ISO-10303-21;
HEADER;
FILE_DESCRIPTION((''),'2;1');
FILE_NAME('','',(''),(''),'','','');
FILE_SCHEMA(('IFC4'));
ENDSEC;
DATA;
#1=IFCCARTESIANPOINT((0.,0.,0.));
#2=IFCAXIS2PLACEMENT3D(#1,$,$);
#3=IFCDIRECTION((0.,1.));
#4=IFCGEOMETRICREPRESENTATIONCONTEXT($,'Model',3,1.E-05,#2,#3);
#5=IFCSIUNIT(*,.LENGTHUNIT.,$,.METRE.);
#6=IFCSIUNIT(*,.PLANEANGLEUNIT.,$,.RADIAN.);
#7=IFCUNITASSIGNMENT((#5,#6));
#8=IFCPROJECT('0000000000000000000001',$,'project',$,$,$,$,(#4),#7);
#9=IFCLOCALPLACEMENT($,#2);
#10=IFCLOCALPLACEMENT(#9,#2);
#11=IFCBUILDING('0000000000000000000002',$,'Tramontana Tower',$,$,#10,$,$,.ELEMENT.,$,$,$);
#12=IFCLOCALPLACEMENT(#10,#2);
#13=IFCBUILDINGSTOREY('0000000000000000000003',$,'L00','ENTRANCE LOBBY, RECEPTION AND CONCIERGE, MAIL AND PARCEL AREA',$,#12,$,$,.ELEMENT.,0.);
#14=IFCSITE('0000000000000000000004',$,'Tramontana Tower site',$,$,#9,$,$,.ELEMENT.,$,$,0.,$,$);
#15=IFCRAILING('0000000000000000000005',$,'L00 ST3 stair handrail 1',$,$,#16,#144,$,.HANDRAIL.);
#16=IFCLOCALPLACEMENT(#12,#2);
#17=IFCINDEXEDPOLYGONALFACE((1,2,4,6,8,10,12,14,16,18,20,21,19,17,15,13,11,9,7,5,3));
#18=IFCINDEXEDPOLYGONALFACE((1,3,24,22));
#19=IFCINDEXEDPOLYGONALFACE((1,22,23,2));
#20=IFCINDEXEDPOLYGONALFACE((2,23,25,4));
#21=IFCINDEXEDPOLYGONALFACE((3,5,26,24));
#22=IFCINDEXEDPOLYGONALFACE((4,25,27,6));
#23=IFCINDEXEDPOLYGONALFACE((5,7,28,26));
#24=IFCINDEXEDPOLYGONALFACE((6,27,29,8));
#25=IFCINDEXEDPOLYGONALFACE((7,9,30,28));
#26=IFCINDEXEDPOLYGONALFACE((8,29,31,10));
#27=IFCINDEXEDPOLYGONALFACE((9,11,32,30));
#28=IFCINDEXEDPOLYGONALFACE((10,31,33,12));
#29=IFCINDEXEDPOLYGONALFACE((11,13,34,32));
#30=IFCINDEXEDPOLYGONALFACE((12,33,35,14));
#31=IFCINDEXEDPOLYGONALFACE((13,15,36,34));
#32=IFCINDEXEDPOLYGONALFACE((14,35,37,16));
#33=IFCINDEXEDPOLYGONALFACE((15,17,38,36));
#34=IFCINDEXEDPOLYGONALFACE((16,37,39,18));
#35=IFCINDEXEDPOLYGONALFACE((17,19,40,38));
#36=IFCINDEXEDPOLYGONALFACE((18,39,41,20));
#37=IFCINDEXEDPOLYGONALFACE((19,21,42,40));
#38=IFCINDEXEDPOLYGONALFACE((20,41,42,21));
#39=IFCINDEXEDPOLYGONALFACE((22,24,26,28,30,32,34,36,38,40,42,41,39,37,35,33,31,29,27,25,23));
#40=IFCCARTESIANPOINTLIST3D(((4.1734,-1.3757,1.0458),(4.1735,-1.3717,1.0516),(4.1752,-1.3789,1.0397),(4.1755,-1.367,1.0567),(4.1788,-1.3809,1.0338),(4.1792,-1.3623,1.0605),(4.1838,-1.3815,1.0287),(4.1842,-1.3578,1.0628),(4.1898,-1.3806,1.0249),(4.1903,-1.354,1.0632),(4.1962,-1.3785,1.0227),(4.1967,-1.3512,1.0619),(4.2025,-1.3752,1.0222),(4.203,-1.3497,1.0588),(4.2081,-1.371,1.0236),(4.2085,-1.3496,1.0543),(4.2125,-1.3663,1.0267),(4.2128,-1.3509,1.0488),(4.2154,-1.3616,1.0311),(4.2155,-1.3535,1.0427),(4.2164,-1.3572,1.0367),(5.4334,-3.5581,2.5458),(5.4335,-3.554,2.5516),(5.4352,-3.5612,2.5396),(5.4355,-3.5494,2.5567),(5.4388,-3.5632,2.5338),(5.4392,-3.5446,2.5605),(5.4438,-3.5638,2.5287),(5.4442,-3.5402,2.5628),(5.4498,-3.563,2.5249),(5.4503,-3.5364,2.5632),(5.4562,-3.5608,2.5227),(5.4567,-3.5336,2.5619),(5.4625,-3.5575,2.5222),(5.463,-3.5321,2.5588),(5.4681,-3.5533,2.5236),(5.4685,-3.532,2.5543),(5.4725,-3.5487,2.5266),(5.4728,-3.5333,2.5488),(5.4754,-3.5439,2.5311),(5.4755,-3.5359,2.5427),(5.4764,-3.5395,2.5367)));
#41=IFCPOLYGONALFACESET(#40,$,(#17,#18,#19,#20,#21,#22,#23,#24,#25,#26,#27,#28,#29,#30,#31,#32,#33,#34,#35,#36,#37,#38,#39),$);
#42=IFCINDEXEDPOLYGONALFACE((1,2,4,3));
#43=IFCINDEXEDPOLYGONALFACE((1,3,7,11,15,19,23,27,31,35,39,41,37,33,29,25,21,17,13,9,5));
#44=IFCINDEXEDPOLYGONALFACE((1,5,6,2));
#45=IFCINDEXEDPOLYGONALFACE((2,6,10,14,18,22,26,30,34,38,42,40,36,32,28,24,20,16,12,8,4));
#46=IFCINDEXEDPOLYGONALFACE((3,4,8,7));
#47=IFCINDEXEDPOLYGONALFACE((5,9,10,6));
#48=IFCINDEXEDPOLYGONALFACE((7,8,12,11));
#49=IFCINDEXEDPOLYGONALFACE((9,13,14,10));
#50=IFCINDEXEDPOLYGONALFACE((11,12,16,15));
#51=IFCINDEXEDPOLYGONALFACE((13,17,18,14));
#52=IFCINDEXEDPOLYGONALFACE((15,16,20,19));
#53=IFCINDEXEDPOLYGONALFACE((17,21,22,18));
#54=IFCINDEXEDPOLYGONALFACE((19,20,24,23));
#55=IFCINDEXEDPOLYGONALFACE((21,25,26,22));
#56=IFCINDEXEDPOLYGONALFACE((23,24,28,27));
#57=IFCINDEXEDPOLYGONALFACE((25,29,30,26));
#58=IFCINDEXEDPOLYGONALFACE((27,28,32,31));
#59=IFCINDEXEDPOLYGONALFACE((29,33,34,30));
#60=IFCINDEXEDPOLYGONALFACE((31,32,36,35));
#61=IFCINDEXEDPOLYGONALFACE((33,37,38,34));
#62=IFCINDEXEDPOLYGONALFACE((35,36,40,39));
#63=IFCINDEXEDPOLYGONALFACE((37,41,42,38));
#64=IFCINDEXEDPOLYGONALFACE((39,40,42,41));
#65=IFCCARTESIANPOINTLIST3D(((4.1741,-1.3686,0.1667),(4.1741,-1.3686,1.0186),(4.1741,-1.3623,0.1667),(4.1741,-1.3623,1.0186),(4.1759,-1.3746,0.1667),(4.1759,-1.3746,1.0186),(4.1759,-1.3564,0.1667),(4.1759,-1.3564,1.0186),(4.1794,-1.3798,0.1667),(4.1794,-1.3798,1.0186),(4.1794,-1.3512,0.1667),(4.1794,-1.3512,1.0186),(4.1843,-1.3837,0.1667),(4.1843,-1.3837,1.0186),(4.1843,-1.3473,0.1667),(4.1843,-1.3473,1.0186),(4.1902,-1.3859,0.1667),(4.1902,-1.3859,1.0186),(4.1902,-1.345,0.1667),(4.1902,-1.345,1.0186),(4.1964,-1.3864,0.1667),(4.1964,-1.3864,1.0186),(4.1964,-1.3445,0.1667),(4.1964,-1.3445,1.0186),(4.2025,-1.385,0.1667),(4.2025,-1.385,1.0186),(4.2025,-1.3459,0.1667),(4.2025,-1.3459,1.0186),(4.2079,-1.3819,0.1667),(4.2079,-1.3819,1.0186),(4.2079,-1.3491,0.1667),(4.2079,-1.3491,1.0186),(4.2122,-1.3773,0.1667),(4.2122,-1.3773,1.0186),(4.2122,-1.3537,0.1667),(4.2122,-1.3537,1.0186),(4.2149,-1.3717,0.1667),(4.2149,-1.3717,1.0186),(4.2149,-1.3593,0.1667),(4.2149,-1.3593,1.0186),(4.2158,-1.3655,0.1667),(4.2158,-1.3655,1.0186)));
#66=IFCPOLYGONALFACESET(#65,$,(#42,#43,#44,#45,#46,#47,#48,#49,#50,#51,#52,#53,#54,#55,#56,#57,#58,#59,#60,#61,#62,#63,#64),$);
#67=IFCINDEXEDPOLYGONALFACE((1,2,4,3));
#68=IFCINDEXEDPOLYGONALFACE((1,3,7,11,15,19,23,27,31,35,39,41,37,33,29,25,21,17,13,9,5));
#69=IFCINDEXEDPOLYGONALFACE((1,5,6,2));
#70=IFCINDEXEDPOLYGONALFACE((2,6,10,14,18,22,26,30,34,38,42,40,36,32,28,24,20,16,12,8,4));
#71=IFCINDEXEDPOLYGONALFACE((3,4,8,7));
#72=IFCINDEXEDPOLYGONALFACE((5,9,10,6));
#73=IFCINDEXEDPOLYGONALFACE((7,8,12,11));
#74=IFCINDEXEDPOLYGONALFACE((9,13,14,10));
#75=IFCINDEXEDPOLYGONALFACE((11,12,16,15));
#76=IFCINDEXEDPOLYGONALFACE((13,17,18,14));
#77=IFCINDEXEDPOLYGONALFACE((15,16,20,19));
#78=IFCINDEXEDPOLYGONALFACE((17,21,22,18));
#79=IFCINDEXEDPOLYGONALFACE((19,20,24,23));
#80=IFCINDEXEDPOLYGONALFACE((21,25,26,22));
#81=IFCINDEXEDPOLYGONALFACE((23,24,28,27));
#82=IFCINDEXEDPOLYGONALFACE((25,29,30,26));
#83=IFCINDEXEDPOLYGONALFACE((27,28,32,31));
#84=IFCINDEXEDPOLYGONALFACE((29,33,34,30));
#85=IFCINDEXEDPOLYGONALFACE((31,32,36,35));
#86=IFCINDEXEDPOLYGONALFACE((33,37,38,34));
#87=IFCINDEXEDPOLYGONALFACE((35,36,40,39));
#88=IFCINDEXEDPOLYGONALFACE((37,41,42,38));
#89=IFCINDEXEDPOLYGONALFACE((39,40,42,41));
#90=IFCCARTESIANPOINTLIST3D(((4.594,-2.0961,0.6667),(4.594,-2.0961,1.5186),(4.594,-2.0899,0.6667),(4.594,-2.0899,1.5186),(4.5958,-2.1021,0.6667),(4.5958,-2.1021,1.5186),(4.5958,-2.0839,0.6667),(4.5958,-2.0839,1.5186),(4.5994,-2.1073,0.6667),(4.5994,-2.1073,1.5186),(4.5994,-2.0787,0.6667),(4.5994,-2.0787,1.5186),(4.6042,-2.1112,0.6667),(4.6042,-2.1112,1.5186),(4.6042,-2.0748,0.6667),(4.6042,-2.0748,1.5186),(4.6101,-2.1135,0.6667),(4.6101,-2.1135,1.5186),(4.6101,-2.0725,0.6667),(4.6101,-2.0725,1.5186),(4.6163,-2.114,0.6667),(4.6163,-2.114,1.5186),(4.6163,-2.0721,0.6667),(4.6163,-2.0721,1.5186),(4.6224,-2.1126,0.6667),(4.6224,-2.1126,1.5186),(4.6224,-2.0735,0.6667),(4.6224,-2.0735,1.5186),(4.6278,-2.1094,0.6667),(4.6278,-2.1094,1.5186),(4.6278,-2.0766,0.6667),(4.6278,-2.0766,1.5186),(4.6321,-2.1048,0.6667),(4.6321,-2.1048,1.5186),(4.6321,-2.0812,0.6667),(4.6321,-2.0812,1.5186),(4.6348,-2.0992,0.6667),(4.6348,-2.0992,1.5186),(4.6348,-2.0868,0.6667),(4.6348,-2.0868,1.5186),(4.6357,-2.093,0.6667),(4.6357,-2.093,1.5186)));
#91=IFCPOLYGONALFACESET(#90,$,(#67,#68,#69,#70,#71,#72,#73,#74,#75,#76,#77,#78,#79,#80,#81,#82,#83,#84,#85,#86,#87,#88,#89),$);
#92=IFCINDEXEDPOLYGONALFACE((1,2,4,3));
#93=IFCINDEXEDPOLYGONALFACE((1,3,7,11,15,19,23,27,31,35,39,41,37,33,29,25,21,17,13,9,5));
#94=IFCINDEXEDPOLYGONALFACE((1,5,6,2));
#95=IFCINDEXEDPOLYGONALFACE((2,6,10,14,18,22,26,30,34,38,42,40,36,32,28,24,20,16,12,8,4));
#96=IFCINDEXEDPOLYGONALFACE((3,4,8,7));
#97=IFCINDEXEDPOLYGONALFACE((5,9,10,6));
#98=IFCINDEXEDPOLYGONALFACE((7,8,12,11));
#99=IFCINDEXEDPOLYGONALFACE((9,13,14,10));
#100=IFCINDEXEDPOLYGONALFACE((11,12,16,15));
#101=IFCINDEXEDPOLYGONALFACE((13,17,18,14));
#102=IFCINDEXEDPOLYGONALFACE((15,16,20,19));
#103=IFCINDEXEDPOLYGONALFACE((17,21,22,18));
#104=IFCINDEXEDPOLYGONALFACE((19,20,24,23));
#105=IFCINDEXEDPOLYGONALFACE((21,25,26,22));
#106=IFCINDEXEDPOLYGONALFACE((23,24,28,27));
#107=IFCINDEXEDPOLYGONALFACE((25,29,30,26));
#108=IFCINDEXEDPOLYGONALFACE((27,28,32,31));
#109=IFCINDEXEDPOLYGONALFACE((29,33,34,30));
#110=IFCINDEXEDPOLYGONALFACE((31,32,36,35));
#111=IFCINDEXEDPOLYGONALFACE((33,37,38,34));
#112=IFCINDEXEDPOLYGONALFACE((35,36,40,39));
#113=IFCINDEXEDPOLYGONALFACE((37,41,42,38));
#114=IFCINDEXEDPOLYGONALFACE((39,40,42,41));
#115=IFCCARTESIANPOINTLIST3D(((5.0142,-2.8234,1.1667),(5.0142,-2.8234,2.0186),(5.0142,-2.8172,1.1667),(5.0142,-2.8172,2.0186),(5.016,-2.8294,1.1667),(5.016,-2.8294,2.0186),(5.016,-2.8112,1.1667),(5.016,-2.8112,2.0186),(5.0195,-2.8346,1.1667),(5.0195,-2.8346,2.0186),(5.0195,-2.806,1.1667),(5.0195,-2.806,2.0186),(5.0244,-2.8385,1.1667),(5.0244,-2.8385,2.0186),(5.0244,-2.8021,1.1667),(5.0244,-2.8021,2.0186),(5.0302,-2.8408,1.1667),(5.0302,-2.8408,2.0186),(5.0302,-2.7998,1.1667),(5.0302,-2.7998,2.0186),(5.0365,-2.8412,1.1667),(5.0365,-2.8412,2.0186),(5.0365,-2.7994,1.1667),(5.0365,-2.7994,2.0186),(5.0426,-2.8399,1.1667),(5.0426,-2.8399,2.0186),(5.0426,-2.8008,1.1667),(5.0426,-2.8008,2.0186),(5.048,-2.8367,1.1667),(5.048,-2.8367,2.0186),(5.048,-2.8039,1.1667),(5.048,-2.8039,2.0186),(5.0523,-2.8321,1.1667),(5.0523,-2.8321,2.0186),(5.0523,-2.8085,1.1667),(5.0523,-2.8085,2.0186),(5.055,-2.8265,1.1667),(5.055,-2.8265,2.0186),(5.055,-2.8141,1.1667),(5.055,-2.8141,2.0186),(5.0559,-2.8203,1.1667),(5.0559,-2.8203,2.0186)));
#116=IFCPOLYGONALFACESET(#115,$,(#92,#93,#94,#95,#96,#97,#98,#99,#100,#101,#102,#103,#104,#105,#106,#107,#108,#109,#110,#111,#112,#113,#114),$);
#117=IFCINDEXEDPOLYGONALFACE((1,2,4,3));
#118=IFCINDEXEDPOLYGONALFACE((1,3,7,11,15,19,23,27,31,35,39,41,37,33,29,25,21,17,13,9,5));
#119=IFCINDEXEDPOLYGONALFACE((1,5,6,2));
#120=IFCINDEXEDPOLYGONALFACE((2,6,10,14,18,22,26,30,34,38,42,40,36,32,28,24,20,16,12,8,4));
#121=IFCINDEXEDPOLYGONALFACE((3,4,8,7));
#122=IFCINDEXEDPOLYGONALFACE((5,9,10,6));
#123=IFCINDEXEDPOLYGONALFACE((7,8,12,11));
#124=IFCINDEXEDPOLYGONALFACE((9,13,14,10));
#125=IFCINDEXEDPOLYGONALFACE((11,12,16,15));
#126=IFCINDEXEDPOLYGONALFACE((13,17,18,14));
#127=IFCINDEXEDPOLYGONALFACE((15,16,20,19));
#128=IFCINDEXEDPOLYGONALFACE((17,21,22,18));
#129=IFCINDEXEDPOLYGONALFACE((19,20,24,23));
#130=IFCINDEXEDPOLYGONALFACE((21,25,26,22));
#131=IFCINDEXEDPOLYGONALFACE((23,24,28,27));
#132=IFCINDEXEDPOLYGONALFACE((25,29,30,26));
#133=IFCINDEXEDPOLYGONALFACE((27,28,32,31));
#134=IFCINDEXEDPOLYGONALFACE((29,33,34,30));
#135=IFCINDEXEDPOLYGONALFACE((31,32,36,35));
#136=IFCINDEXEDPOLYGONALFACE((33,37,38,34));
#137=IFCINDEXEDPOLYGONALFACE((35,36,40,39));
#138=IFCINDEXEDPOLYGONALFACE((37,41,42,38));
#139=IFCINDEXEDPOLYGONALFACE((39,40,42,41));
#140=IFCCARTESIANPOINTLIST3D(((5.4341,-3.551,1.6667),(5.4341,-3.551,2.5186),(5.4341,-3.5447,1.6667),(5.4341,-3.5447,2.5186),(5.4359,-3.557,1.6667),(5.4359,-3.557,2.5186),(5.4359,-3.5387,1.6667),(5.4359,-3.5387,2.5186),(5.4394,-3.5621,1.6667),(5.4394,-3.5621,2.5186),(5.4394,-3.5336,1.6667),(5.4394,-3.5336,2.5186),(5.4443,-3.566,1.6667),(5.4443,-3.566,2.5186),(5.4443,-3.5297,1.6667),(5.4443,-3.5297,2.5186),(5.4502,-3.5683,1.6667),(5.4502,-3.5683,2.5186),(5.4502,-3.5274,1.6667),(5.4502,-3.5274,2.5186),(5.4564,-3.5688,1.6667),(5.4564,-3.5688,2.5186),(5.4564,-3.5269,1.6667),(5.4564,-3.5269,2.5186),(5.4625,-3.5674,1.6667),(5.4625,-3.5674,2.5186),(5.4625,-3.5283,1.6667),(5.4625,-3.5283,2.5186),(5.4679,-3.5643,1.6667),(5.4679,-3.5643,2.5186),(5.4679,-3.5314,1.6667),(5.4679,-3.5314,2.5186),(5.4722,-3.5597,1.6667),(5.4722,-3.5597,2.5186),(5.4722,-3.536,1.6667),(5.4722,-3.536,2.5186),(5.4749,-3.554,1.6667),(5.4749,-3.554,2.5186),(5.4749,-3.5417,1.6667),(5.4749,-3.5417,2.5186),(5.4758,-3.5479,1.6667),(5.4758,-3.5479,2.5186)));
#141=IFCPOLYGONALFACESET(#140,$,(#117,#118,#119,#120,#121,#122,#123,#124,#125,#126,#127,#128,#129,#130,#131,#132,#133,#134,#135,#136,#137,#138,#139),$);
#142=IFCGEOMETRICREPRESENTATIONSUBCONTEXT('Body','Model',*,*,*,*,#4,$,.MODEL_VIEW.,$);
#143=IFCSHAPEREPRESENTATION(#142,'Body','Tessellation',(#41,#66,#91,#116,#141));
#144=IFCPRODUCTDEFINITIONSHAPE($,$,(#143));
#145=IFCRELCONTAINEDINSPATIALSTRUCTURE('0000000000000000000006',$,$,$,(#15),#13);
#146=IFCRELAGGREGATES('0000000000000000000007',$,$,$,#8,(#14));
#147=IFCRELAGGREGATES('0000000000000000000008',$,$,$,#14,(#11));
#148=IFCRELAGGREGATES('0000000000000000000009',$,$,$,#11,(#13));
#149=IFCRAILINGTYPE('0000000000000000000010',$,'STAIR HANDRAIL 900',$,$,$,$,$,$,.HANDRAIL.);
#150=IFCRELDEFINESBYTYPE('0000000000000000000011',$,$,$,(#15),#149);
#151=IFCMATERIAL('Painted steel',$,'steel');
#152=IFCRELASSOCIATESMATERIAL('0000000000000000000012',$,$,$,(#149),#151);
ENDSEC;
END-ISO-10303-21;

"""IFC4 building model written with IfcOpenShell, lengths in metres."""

from ifc_helpers import new_model, si_unit, direction, frame, origin, origin_2d, place, context, subcontext, project, spatial, circle, extrude, material, type_object, element, save


model = new_model("IFC4")

# Units and contexts
model_context = context("Model", 3, precision=1e-05, world=origin(), true_north=direction((0.0, 1.0)))
body_context = subcontext(model_context, "Body", "Model", "MODEL_VIEW")
ifc_project = project(units=[si_unit("LENGTHUNIT", "METRE"), si_unit("PLANEANGLEUNIT", "RADIAN")], contexts=[model_context])

# Site, building, storey
site_placement = place(None, origin())
site = spatial("IfcSite", under=ifc_project, at=site_placement, Name="Tramontana Tower site", CompositionType="ELEMENT", RefElevation=0.0)
building_placement = place(site_placement, origin())
building = spatial("IfcBuilding", under=site, at=building_placement, Name="Tramontana Tower", CompositionType="ELEMENT")
storey_placement = place(building_placement, origin())
storey = spatial("IfcBuildingStorey", under=building, at=storey_placement, Name="L00", Description="ENTRANCE LOBBY, RECEPTION AND CONCIERGE, MAIL AND PARCEL AREA", CompositionType="ELEMENT", Elevation=0.0)

# Railing
ifc_material_1 = material(Name="Painted steel", Category="steel")
railing_type_1 = type_object("IfcRailingType", Name="STAIR HANDRAIL 900", PredefinedType="HANDRAIL", material=ifc_material_1)
for number, where, name in (
    (1, (4.1948, -1.3655, 0.1667), "L00 ST3 stair handrail 1"),
):
    element("IfcRailing", number, at=place(storey_placement, frame(where)), inside=storey, type_object=railing_type_1, Name=name, PredefinedType="HANDRAIL", context=body_context, shape_type="SweptSolid", body=[
        extrude(circle(Radius=0.0239, at=origin_2d()), frame((0.0, 0.0, 0.876), z_axis=(0.42965, -0.744167, 0.511485), x_axis=(0.866023, 0.500005, 0.0)), (0.0, 0.0, 1.0), 2.9326),
        extrude(circle(Radius=0.021, at=origin_2d()), origin(), (0.0, 0.0, 1.0), 0.8518),
        extrude(circle(Radius=0.021, at=origin_2d()), frame((0.4199, -0.7275, 0.5)), (0.0, 0.0, 1.0), 0.8518),
        extrude(circle(Radius=0.021, at=origin_2d()), frame((0.8401, -1.4548, 1.0)), (0.0, 0.0, 1.0), 0.8518),
        extrude(circle(Radius=0.021, at=origin_2d()), frame((1.26, -2.1824, 1.5)), (0.0, 0.0, 1.0), 0.8518),
    ])

save(model, "model.ifc")
